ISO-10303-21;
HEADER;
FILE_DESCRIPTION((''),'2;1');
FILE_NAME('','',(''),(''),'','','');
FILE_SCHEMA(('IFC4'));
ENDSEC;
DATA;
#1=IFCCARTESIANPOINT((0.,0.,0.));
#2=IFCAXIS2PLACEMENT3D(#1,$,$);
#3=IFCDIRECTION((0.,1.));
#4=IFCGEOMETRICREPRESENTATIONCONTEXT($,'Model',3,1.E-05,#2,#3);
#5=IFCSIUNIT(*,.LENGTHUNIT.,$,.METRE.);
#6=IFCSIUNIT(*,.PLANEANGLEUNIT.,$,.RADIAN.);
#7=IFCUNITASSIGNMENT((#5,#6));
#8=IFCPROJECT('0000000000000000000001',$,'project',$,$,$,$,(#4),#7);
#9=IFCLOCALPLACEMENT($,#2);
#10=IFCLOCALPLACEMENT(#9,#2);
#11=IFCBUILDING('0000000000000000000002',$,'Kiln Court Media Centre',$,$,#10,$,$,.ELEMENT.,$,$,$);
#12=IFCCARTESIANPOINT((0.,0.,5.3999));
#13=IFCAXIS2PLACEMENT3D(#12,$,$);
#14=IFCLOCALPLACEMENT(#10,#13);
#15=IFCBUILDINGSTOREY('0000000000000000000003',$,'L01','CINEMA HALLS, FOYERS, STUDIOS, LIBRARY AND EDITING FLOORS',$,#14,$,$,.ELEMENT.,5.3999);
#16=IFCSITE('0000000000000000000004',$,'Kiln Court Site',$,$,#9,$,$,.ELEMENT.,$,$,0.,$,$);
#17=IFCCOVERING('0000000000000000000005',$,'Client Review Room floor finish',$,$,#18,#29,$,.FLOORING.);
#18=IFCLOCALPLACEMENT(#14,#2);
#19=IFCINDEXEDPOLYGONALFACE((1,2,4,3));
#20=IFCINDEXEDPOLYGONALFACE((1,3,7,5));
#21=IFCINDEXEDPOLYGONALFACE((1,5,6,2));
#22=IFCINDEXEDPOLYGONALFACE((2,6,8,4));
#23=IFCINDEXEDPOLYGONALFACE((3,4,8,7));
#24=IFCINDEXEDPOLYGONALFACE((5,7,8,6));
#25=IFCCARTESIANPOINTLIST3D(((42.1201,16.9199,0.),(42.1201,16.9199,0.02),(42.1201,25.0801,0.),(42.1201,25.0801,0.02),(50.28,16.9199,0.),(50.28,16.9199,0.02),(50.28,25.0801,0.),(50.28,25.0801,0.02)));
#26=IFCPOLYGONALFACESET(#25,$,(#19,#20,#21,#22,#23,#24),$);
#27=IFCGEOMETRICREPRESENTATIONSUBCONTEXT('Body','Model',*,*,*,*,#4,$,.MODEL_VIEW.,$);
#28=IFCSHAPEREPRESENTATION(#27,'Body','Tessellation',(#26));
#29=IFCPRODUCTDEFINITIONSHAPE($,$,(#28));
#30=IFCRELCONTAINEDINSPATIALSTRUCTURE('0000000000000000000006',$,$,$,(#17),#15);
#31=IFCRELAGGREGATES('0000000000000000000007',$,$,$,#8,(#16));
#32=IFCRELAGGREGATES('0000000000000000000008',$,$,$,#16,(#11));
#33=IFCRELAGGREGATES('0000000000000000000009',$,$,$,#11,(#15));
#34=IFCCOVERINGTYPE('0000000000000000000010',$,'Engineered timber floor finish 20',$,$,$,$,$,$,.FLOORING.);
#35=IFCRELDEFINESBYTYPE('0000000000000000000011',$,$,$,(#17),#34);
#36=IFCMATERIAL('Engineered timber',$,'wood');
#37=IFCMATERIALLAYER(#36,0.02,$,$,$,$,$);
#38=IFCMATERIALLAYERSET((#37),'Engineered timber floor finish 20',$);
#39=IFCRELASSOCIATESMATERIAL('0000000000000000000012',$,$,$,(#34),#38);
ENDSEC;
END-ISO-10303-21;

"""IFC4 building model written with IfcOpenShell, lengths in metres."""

from ifc_helpers import new_model, si_unit, direction, frame, origin, place, context, subcontext, project, spatial, polyline, outline, extrude, material, layer, layer_set, type_object, element, save


model = new_model("IFC4")

# Units and contexts
model_context = context("Model", 3, precision=1e-05, world=origin(), true_north=direction((0.0, 1.0)))
body_context = subcontext(model_context, "Body", "Model", "MODEL_VIEW")
ifc_project = project(units=[si_unit("LENGTHUNIT", "METRE"), si_unit("PLANEANGLEUNIT", "RADIAN")], contexts=[model_context])

# Site, building, storey
site_placement = place(None, origin())
site = spatial("IfcSite", under=ifc_project, at=site_placement, Name="Kiln Court Site", CompositionType="ELEMENT", RefElevation=0.0)
building_placement = place(site_placement, origin())
building = spatial("IfcBuilding", under=site, at=building_placement, Name="Kiln Court Media Centre", CompositionType="ELEMENT")
storey_placement = place(building_placement, frame((0.0, 0.0, 5.3999)))
storey = spatial("IfcBuildingStorey", under=building, at=storey_placement, Name="L01", Description="CINEMA HALLS, FOYERS, STUDIOS, LIBRARY AND EDITING FLOORS", CompositionType="ELEMENT", Elevation=5.3999)

# Covering
ifc_material_1 = material(Name="Engineered timber", Category="wood")
ifc_layer_1 = layer(ifc_material_1, 0.02)
ifc_layer_set_1 = layer_set([ifc_layer_1], Name="Engineered timber floor finish 20")
covering_type_1 = type_object("IfcCoveringType", Name="Engineered timber floor finish 20", PredefinedType="FLOORING", material=ifc_layer_set_1)
covering_1_placement = place(storey_placement, origin())
element("IfcCovering", 1, at=covering_1_placement, inside=storey, type_object=covering_type_1, Name="Client Review Room floor finish", PredefinedType="FLOORING", context=body_context, shape_type="SweptSolid", body=[
    extrude(outline(polyline([(42.1201, 16.9199), (50.28, 16.9199), (50.28, 25.0801), (42.1201, 25.0801), (42.1201, 16.9199)])), origin(), (0.0, 0.0, 1.0), 0.02),
])

save(model, "model.ifc")
